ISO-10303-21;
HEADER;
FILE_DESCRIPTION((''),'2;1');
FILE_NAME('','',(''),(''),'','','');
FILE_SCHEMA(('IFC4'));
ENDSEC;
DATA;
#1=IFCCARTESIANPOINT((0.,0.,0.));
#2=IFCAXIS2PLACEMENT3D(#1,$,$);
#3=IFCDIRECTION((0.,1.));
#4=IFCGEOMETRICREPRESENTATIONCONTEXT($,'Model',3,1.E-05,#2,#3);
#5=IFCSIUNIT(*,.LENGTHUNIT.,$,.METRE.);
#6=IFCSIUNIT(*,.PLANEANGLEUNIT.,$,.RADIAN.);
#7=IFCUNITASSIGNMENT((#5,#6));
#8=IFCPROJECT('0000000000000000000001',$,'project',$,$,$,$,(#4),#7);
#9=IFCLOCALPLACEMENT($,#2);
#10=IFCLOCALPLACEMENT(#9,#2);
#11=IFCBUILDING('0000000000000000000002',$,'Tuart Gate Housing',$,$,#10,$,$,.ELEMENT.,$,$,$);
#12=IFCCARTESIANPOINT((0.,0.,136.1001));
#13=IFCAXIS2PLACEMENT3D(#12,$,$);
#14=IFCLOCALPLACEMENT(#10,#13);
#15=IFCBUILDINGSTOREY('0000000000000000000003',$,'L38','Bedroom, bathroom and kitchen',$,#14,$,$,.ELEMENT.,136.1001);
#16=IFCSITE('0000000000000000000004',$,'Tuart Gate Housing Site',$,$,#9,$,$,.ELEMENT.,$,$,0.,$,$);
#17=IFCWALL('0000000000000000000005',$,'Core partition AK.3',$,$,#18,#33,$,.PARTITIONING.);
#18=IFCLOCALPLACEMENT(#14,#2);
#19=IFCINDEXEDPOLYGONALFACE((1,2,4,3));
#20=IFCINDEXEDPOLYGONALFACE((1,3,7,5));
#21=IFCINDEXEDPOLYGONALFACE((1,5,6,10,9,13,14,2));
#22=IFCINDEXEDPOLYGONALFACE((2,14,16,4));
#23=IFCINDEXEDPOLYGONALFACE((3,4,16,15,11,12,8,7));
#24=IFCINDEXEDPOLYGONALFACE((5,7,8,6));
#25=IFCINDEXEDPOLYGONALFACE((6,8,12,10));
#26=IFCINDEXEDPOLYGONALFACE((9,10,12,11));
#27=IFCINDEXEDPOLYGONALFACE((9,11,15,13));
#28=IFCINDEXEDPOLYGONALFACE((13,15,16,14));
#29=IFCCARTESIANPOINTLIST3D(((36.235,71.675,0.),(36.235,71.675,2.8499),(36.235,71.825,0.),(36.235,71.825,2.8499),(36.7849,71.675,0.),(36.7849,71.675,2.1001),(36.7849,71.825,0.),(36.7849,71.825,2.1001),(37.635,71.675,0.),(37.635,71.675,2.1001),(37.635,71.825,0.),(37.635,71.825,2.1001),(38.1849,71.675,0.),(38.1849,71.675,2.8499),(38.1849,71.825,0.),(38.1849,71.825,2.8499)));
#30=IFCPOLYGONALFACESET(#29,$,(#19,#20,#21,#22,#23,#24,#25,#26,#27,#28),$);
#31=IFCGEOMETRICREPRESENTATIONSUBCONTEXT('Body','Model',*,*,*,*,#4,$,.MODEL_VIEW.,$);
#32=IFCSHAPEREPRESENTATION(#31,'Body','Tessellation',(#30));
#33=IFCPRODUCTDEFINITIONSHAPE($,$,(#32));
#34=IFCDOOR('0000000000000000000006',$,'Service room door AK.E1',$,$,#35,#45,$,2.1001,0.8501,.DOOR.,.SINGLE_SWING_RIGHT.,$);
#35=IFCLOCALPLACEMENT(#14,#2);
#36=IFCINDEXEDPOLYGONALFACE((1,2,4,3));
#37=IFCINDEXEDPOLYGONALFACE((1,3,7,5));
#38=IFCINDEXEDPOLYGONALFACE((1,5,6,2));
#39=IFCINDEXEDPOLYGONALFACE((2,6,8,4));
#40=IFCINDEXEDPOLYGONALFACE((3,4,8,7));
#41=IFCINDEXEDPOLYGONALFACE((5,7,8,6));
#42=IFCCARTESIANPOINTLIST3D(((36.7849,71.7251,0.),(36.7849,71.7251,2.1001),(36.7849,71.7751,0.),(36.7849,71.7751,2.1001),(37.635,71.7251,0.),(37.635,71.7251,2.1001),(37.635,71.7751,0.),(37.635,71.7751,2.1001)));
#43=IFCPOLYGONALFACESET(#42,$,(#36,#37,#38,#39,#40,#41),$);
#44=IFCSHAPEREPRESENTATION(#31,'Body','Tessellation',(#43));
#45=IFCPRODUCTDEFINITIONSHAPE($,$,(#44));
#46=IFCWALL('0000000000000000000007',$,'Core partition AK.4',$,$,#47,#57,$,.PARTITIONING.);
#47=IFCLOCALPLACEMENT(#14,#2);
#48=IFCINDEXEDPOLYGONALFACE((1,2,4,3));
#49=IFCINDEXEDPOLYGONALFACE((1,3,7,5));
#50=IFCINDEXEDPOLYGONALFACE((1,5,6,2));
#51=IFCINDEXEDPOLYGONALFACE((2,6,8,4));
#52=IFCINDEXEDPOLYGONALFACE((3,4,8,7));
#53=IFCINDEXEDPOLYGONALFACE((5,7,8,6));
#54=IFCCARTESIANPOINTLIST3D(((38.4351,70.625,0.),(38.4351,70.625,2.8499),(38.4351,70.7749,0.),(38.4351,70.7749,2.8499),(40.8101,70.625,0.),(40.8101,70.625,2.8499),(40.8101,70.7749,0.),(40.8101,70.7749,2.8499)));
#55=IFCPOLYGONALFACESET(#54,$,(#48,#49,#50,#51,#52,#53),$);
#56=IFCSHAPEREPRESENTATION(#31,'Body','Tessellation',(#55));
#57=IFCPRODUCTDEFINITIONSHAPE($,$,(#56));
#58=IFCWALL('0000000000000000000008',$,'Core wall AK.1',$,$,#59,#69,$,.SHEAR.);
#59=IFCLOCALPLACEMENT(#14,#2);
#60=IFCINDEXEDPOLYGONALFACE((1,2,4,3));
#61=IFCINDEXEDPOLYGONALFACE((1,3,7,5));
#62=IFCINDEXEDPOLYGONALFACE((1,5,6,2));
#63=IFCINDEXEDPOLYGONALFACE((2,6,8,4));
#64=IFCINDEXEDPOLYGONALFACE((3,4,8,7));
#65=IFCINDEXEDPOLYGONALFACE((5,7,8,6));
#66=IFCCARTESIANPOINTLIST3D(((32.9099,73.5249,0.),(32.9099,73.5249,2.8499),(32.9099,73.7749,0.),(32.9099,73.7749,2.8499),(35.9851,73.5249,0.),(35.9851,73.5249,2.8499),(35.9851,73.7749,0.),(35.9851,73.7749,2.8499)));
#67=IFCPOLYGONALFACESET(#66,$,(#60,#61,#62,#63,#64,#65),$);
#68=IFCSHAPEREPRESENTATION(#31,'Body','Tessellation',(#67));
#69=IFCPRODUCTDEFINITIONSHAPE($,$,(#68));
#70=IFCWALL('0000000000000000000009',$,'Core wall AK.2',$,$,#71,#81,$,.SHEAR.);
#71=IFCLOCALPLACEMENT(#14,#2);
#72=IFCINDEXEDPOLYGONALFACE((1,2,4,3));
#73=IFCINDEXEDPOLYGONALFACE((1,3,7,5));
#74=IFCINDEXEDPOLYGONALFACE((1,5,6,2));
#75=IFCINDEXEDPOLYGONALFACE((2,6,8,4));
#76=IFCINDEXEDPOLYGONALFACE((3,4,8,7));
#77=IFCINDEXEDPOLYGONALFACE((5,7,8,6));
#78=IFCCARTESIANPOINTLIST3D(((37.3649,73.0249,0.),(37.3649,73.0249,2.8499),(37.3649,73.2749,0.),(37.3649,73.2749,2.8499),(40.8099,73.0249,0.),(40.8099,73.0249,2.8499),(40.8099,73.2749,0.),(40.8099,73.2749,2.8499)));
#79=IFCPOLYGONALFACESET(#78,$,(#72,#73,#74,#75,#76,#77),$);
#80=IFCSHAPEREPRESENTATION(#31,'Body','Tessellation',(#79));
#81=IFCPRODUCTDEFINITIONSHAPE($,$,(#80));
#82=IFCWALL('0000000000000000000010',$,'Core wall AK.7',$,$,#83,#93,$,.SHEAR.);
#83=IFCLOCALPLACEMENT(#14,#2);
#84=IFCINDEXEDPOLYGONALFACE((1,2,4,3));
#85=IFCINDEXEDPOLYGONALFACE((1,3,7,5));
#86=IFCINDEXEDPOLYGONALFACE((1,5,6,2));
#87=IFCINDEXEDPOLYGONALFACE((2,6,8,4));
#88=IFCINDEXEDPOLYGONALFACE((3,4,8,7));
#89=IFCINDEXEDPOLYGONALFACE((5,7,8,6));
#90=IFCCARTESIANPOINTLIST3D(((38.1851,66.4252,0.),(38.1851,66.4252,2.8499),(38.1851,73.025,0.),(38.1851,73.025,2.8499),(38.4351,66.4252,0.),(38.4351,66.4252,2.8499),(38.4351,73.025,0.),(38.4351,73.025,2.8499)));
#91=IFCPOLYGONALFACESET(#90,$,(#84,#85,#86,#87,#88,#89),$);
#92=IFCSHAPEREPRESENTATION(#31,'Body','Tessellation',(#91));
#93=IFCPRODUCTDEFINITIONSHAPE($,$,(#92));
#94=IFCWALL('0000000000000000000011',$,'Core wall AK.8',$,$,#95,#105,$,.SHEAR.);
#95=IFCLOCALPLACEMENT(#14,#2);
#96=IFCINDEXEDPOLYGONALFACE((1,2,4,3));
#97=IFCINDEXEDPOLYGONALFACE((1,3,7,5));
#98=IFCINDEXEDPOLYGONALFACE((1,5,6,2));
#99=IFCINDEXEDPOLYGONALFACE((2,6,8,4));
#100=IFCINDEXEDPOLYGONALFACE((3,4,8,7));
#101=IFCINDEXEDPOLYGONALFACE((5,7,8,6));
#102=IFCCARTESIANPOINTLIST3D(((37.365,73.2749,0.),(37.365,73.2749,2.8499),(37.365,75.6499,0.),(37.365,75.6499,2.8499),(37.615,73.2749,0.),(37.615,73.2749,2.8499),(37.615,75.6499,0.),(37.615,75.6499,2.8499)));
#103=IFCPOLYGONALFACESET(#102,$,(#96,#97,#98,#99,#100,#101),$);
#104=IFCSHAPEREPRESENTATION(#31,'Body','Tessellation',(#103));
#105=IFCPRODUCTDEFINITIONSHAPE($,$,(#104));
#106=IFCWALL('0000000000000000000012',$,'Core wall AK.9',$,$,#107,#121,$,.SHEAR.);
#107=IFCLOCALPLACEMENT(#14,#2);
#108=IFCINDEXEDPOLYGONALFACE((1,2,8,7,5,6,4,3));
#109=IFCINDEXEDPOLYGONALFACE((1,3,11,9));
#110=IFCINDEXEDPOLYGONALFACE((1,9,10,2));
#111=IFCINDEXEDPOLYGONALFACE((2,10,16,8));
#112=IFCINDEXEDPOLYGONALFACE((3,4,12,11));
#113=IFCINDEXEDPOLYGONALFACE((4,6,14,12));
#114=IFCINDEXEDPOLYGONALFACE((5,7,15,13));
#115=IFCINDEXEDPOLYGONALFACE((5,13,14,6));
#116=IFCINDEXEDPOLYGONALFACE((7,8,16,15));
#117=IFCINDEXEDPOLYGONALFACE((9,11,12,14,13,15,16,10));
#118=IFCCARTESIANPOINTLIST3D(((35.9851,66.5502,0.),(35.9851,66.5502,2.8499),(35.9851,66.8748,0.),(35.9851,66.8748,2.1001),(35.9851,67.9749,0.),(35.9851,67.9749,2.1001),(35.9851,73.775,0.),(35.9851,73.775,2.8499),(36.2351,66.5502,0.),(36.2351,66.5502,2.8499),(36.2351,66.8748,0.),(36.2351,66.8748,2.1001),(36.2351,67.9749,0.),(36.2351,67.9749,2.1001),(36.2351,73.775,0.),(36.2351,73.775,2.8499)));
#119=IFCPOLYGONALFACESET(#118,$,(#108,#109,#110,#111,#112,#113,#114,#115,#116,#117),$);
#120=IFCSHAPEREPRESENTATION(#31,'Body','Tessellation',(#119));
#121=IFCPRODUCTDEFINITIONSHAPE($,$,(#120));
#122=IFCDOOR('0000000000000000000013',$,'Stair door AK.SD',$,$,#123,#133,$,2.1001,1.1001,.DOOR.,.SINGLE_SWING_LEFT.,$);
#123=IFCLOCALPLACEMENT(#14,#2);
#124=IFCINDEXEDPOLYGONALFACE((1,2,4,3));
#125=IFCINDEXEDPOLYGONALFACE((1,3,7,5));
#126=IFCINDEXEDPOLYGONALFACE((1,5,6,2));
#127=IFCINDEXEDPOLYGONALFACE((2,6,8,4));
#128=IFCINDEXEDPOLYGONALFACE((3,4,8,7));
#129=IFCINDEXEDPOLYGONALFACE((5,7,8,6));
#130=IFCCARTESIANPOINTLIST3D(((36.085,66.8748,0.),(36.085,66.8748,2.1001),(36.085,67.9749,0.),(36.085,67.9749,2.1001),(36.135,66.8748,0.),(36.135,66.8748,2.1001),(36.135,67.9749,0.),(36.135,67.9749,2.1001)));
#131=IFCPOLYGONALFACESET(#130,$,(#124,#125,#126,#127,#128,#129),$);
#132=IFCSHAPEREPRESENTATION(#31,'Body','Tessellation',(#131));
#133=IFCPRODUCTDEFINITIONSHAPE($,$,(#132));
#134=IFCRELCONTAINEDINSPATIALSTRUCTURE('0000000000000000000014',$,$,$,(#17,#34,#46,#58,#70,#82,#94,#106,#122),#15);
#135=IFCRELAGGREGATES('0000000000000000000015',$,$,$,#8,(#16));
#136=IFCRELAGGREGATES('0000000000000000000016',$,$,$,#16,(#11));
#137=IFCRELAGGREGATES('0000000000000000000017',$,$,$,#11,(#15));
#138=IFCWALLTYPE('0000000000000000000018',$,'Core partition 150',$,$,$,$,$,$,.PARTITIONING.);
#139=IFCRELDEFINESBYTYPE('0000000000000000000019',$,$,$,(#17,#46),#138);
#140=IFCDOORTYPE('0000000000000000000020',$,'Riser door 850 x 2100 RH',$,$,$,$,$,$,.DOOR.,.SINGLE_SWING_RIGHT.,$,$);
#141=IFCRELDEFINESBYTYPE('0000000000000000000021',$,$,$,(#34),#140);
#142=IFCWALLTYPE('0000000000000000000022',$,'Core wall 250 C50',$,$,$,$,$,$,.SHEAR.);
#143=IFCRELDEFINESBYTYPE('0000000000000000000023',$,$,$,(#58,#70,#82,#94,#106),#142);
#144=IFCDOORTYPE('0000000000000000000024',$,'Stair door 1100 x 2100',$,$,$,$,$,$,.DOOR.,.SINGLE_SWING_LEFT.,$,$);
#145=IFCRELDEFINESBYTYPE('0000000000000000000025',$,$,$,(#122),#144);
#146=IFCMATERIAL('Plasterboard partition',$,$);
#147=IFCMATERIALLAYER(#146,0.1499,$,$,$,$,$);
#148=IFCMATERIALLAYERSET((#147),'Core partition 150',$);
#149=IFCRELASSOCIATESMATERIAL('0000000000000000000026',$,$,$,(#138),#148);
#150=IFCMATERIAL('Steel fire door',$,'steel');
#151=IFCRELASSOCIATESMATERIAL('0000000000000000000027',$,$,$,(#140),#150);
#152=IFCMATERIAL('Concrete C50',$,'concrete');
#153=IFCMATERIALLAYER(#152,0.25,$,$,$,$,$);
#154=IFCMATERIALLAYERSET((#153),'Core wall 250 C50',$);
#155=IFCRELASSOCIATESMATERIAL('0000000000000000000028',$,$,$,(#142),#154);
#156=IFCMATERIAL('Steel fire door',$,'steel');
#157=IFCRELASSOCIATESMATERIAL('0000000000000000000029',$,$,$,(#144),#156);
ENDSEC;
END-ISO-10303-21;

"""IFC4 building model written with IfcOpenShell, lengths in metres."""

from ifc_helpers import new_model, si_unit, direction, frame, frame_2d, origin, place, context, subcontext, project, spatial, rectangle, extrude, material, layer, layer_set, type_object, element, fill, save


model = new_model("IFC4")

# Units and contexts
model_context = context("Model", 3, precision=1e-05, world=origin(), true_north=direction((0.0, 1.0)))
body_context = subcontext(model_context, "Body", "Model", "MODEL_VIEW")
ifc_project = project(units=[si_unit("LENGTHUNIT", "METRE"), si_unit("PLANEANGLEUNIT", "RADIAN")], contexts=[model_context])

# Site, building, storey
site_placement = place(None, origin())
site = spatial("IfcSite", under=ifc_project, at=site_placement, Name="Tuart Gate Housing Site", CompositionType="ELEMENT", RefElevation=0.0)
building_placement = place(site_placement, origin())
building = spatial("IfcBuilding", under=site, at=building_placement, Name="Tuart Gate Housing", CompositionType="ELEMENT")
storey_placement = place(building_placement, frame((0.0, 0.0, 136.1001)))
storey = spatial("IfcBuildingStorey", under=building, at=storey_placement, Name="L38", Description="Bedroom, bathroom and kitchen", CompositionType="ELEMENT", Elevation=136.1001)

# Wall, opening, door
ifc_material_1 = material(Name="Plasterboard partition")
ifc_layer_1 = layer(ifc_material_1, 0.1499)
ifc_layer_set_1 = layer_set([ifc_layer_1], Name="Core partition 150")
wall_type_1 = type_object("IfcWallType", Name="Core partition 150", PredefinedType="PARTITIONING", material=ifc_layer_set_1)
wall_1_placement = place(storey_placement, frame((38.1851, 71.75, 0.0), z_axis=(0.0, 0.0, 1.0), x_axis=(-1.0, 0.0, 0.0)))
wall_1 = element("IfcWall", 1, at=wall_1_placement, inside=storey, type_object=wall_type_1, Name="Core partition AK.3", PredefinedType="PARTITIONING", context=body_context, shape_type="SweptSolid", body=[
    extrude(rectangle(XDim=1.95, YDim=0.1499, at=frame_2d((0.9751, 0.0))), origin(), (0.0, 0.0, 1.0), 2.8499),
])
opening_1_placement = place(wall_1_placement, frame((0.55, 0.0, 0.0)))
opening_1 = element("IfcOpeningElement", 2, at=opening_1_placement, cuts=wall_1, PredefinedType="OPENING", context=body_context, shape_type="SweptSolid", body=[
    extrude(rectangle(XDim=0.8501, YDim=2.1001, at=frame_2d((0.425, 1.05))), frame((0.0, 0.085, 0.0), z_axis=(0.0, -1.0, 0.0), x_axis=(1.0, 0.0, 0.0)), (0.0, 0.0, 1.0), 0.1699),
])
ifc_material_2 = material(Name="Steel fire door", Category="steel")
door_type_1 = type_object("IfcDoorType", Name="Riser door 850 x 2100 RH", OperationType="SINGLE_SWING_RIGHT", PredefinedType="DOOR", material=ifc_material_2)
door_1_placement = place(opening_1_placement, frame((0.8501, 0.0, 0.0), z_axis=(0.0, 0.0, 1.0), x_axis=(-1.0, 0.0, 0.0)))
door_1 = element("IfcDoor", 3, at=door_1_placement, inside=storey, type_object=door_type_1, Name="Service room door AK.E1", OperationType="SINGLE_SWING_RIGHT", OverallHeight=2.1001, OverallWidth=0.8501, PredefinedType="DOOR", context=body_context, shape_type="SweptSolid", body=[
    extrude(rectangle(XDim=0.8501, YDim=2.1001, at=frame_2d((0.425, 1.05))), frame((0.0, 0.0251, 0.0), z_axis=(0.0, -1.0, 0.0), x_axis=(1.0, 0.0, 0.0)), (0.0, 0.0, 1.0), 0.05),
])
fill(opening_1, door_1)

# Walls
wall_2_placement = place(storey_placement, frame((40.8101, 70.7, 0.0), z_axis=(0.0, 0.0, 1.0), x_axis=(-1.0, 0.0, 0.0)))
element("IfcWall", 4, at=wall_2_placement, inside=storey, type_object=wall_type_1, Name="Core partition AK.4", PredefinedType="PARTITIONING", context=body_context, shape_type="SweptSolid", body=[
    extrude(rectangle(XDim=2.375, YDim=0.1499, at=frame_2d((1.1875, 0.0))), origin(), (0.0, 0.0, 1.0), 2.8499),
])
ifc_material_3 = material(Name="Concrete C50", Category="concrete")
ifc_layer_2 = layer(ifc_material_3, 0.25)
ifc_layer_set_2 = layer_set([ifc_layer_2], Name="Core wall 250 C50")
wall_type_2 = type_object("IfcWallType", Name="Core wall 250 C50", PredefinedType="SHEAR", material=ifc_layer_set_2)
wall_3_placement = place(storey_placement, frame((35.9851, 73.6499, 0.0), z_axis=(0.0, 0.0, 1.0), x_axis=(-1.0, 0.0, 0.0)))
element("IfcWall", 5, at=wall_3_placement, inside=storey, type_object=wall_type_2, Name="Core wall AK.1", PredefinedType="SHEAR", context=body_context, shape_type="SweptSolid", body=[
    extrude(rectangle(XDim=3.0752, YDim=0.25, at=frame_2d((1.5376, 0.0))), origin(), (0.0, 0.0, 1.0), 2.8499),
])
wall_4_placement = place(storey_placement, frame((40.8101, 73.1499, 0.0), z_axis=(0.0, 0.0, 1.0), x_axis=(-1.0, 0.0, 0.0)))
element("IfcWall", 6, at=wall_4_placement, inside=storey, type_object=wall_type_2, Name="Core wall AK.2", PredefinedType="SHEAR", context=body_context, shape_type="SweptSolid", body=[
    extrude(rectangle(XDim=3.4451, YDim=0.25, at=frame_2d((1.7227, 0.0))), origin(), (0.0, 0.0, 1.0), 2.8499),
])
wall_5_placement = place(storey_placement, frame((38.3101, 73.0249, 0.0), z_axis=(0.0, 0.0, 1.0), x_axis=(0.0, -1.0, 0.0)))
element("IfcWall", 7, at=wall_5_placement, inside=storey, type_object=wall_type_2, Name="Core wall AK.7", PredefinedType="SHEAR", context=body_context, shape_type="SweptSolid", body=[
    extrude(rectangle(XDim=6.5999, YDim=0.25, at=frame_2d((3.2998, 0.0))), origin(), (0.0, 0.0, 1.0), 2.8499),
])
wall_6_placement = place(storey_placement, frame((37.49, 75.6499, 0.0), z_axis=(0.0, 0.0, 1.0), x_axis=(0.0, -1.0, 0.0)))
element("IfcWall", 8, at=wall_6_placement, inside=storey, type_object=wall_type_2, Name="Core wall AK.8", PredefinedType="SHEAR", context=body_context, shape_type="SweptSolid", body=[
    extrude(rectangle(XDim=2.375, YDim=0.25, at=frame_2d((1.1875, 0.0))), origin(), (0.0, 0.0, 1.0), 2.8499),
])

# Wall, opening, door
wall_7_placement = place(storey_placement, frame((36.1101, 73.7749, 0.0), z_axis=(0.0, 0.0, 1.0), x_axis=(0.0, -1.0, 0.0)))
wall_7 = element("IfcWall", 9, at=wall_7_placement, inside=storey, type_object=wall_type_2, Name="Core wall AK.9", PredefinedType="SHEAR", context=body_context, shape_type="SweptSolid", body=[
    extrude(rectangle(XDim=7.2249, YDim=0.25, at=frame_2d((3.6123, 0.0))), origin(), (0.0, 0.0, 1.0), 2.8499),
])
opening_2_placement = place(wall_7_placement, frame((5.8, 0.0, 0.0)))
opening_2 = element("IfcOpeningElement", 10, at=opening_2_placement, cuts=wall_7, PredefinedType="OPENING", context=body_context, shape_type="SweptSolid", body=[
    extrude(rectangle(XDim=1.1001, YDim=2.1001, at=frame_2d((0.55, 1.05))), frame((0.0, 0.135, 0.0), z_axis=(0.0, -1.0, 0.0), x_axis=(1.0, 0.0, 0.0)), (0.0, 0.0, 1.0), 0.27),
])
ifc_material_4 = material(Name="Steel fire door", Category="steel")
door_type_2 = type_object("IfcDoorType", Name="Stair door 1100 x 2100", OperationType="SINGLE_SWING_LEFT", PredefinedType="DOOR", material=ifc_material_4)
door_2_placement = place(opening_2_placement, frame((1.1001, 0.0, 0.0), z_axis=(0.0, 0.0, 1.0), x_axis=(-1.0, 0.0, 0.0)))
door_2 = element("IfcDoor", 11, at=door_2_placement, inside=storey, type_object=door_type_2, Name="Stair door AK.SD", OperationType="SINGLE_SWING_LEFT", OverallHeight=2.1001, OverallWidth=1.1001, PredefinedType="DOOR", context=body_context, shape_type="SweptSolid", body=[
    extrude(rectangle(XDim=1.1001, YDim=2.1001, at=frame_2d((0.55, 1.05))), frame((0.0, 0.0251, 0.0), z_axis=(0.0, -1.0, 0.0), x_axis=(1.0, 0.0, 0.0)), (0.0, 0.0, 1.0), 0.05),
])
fill(opening_2, door_2)

save(model, "model.ifc")
